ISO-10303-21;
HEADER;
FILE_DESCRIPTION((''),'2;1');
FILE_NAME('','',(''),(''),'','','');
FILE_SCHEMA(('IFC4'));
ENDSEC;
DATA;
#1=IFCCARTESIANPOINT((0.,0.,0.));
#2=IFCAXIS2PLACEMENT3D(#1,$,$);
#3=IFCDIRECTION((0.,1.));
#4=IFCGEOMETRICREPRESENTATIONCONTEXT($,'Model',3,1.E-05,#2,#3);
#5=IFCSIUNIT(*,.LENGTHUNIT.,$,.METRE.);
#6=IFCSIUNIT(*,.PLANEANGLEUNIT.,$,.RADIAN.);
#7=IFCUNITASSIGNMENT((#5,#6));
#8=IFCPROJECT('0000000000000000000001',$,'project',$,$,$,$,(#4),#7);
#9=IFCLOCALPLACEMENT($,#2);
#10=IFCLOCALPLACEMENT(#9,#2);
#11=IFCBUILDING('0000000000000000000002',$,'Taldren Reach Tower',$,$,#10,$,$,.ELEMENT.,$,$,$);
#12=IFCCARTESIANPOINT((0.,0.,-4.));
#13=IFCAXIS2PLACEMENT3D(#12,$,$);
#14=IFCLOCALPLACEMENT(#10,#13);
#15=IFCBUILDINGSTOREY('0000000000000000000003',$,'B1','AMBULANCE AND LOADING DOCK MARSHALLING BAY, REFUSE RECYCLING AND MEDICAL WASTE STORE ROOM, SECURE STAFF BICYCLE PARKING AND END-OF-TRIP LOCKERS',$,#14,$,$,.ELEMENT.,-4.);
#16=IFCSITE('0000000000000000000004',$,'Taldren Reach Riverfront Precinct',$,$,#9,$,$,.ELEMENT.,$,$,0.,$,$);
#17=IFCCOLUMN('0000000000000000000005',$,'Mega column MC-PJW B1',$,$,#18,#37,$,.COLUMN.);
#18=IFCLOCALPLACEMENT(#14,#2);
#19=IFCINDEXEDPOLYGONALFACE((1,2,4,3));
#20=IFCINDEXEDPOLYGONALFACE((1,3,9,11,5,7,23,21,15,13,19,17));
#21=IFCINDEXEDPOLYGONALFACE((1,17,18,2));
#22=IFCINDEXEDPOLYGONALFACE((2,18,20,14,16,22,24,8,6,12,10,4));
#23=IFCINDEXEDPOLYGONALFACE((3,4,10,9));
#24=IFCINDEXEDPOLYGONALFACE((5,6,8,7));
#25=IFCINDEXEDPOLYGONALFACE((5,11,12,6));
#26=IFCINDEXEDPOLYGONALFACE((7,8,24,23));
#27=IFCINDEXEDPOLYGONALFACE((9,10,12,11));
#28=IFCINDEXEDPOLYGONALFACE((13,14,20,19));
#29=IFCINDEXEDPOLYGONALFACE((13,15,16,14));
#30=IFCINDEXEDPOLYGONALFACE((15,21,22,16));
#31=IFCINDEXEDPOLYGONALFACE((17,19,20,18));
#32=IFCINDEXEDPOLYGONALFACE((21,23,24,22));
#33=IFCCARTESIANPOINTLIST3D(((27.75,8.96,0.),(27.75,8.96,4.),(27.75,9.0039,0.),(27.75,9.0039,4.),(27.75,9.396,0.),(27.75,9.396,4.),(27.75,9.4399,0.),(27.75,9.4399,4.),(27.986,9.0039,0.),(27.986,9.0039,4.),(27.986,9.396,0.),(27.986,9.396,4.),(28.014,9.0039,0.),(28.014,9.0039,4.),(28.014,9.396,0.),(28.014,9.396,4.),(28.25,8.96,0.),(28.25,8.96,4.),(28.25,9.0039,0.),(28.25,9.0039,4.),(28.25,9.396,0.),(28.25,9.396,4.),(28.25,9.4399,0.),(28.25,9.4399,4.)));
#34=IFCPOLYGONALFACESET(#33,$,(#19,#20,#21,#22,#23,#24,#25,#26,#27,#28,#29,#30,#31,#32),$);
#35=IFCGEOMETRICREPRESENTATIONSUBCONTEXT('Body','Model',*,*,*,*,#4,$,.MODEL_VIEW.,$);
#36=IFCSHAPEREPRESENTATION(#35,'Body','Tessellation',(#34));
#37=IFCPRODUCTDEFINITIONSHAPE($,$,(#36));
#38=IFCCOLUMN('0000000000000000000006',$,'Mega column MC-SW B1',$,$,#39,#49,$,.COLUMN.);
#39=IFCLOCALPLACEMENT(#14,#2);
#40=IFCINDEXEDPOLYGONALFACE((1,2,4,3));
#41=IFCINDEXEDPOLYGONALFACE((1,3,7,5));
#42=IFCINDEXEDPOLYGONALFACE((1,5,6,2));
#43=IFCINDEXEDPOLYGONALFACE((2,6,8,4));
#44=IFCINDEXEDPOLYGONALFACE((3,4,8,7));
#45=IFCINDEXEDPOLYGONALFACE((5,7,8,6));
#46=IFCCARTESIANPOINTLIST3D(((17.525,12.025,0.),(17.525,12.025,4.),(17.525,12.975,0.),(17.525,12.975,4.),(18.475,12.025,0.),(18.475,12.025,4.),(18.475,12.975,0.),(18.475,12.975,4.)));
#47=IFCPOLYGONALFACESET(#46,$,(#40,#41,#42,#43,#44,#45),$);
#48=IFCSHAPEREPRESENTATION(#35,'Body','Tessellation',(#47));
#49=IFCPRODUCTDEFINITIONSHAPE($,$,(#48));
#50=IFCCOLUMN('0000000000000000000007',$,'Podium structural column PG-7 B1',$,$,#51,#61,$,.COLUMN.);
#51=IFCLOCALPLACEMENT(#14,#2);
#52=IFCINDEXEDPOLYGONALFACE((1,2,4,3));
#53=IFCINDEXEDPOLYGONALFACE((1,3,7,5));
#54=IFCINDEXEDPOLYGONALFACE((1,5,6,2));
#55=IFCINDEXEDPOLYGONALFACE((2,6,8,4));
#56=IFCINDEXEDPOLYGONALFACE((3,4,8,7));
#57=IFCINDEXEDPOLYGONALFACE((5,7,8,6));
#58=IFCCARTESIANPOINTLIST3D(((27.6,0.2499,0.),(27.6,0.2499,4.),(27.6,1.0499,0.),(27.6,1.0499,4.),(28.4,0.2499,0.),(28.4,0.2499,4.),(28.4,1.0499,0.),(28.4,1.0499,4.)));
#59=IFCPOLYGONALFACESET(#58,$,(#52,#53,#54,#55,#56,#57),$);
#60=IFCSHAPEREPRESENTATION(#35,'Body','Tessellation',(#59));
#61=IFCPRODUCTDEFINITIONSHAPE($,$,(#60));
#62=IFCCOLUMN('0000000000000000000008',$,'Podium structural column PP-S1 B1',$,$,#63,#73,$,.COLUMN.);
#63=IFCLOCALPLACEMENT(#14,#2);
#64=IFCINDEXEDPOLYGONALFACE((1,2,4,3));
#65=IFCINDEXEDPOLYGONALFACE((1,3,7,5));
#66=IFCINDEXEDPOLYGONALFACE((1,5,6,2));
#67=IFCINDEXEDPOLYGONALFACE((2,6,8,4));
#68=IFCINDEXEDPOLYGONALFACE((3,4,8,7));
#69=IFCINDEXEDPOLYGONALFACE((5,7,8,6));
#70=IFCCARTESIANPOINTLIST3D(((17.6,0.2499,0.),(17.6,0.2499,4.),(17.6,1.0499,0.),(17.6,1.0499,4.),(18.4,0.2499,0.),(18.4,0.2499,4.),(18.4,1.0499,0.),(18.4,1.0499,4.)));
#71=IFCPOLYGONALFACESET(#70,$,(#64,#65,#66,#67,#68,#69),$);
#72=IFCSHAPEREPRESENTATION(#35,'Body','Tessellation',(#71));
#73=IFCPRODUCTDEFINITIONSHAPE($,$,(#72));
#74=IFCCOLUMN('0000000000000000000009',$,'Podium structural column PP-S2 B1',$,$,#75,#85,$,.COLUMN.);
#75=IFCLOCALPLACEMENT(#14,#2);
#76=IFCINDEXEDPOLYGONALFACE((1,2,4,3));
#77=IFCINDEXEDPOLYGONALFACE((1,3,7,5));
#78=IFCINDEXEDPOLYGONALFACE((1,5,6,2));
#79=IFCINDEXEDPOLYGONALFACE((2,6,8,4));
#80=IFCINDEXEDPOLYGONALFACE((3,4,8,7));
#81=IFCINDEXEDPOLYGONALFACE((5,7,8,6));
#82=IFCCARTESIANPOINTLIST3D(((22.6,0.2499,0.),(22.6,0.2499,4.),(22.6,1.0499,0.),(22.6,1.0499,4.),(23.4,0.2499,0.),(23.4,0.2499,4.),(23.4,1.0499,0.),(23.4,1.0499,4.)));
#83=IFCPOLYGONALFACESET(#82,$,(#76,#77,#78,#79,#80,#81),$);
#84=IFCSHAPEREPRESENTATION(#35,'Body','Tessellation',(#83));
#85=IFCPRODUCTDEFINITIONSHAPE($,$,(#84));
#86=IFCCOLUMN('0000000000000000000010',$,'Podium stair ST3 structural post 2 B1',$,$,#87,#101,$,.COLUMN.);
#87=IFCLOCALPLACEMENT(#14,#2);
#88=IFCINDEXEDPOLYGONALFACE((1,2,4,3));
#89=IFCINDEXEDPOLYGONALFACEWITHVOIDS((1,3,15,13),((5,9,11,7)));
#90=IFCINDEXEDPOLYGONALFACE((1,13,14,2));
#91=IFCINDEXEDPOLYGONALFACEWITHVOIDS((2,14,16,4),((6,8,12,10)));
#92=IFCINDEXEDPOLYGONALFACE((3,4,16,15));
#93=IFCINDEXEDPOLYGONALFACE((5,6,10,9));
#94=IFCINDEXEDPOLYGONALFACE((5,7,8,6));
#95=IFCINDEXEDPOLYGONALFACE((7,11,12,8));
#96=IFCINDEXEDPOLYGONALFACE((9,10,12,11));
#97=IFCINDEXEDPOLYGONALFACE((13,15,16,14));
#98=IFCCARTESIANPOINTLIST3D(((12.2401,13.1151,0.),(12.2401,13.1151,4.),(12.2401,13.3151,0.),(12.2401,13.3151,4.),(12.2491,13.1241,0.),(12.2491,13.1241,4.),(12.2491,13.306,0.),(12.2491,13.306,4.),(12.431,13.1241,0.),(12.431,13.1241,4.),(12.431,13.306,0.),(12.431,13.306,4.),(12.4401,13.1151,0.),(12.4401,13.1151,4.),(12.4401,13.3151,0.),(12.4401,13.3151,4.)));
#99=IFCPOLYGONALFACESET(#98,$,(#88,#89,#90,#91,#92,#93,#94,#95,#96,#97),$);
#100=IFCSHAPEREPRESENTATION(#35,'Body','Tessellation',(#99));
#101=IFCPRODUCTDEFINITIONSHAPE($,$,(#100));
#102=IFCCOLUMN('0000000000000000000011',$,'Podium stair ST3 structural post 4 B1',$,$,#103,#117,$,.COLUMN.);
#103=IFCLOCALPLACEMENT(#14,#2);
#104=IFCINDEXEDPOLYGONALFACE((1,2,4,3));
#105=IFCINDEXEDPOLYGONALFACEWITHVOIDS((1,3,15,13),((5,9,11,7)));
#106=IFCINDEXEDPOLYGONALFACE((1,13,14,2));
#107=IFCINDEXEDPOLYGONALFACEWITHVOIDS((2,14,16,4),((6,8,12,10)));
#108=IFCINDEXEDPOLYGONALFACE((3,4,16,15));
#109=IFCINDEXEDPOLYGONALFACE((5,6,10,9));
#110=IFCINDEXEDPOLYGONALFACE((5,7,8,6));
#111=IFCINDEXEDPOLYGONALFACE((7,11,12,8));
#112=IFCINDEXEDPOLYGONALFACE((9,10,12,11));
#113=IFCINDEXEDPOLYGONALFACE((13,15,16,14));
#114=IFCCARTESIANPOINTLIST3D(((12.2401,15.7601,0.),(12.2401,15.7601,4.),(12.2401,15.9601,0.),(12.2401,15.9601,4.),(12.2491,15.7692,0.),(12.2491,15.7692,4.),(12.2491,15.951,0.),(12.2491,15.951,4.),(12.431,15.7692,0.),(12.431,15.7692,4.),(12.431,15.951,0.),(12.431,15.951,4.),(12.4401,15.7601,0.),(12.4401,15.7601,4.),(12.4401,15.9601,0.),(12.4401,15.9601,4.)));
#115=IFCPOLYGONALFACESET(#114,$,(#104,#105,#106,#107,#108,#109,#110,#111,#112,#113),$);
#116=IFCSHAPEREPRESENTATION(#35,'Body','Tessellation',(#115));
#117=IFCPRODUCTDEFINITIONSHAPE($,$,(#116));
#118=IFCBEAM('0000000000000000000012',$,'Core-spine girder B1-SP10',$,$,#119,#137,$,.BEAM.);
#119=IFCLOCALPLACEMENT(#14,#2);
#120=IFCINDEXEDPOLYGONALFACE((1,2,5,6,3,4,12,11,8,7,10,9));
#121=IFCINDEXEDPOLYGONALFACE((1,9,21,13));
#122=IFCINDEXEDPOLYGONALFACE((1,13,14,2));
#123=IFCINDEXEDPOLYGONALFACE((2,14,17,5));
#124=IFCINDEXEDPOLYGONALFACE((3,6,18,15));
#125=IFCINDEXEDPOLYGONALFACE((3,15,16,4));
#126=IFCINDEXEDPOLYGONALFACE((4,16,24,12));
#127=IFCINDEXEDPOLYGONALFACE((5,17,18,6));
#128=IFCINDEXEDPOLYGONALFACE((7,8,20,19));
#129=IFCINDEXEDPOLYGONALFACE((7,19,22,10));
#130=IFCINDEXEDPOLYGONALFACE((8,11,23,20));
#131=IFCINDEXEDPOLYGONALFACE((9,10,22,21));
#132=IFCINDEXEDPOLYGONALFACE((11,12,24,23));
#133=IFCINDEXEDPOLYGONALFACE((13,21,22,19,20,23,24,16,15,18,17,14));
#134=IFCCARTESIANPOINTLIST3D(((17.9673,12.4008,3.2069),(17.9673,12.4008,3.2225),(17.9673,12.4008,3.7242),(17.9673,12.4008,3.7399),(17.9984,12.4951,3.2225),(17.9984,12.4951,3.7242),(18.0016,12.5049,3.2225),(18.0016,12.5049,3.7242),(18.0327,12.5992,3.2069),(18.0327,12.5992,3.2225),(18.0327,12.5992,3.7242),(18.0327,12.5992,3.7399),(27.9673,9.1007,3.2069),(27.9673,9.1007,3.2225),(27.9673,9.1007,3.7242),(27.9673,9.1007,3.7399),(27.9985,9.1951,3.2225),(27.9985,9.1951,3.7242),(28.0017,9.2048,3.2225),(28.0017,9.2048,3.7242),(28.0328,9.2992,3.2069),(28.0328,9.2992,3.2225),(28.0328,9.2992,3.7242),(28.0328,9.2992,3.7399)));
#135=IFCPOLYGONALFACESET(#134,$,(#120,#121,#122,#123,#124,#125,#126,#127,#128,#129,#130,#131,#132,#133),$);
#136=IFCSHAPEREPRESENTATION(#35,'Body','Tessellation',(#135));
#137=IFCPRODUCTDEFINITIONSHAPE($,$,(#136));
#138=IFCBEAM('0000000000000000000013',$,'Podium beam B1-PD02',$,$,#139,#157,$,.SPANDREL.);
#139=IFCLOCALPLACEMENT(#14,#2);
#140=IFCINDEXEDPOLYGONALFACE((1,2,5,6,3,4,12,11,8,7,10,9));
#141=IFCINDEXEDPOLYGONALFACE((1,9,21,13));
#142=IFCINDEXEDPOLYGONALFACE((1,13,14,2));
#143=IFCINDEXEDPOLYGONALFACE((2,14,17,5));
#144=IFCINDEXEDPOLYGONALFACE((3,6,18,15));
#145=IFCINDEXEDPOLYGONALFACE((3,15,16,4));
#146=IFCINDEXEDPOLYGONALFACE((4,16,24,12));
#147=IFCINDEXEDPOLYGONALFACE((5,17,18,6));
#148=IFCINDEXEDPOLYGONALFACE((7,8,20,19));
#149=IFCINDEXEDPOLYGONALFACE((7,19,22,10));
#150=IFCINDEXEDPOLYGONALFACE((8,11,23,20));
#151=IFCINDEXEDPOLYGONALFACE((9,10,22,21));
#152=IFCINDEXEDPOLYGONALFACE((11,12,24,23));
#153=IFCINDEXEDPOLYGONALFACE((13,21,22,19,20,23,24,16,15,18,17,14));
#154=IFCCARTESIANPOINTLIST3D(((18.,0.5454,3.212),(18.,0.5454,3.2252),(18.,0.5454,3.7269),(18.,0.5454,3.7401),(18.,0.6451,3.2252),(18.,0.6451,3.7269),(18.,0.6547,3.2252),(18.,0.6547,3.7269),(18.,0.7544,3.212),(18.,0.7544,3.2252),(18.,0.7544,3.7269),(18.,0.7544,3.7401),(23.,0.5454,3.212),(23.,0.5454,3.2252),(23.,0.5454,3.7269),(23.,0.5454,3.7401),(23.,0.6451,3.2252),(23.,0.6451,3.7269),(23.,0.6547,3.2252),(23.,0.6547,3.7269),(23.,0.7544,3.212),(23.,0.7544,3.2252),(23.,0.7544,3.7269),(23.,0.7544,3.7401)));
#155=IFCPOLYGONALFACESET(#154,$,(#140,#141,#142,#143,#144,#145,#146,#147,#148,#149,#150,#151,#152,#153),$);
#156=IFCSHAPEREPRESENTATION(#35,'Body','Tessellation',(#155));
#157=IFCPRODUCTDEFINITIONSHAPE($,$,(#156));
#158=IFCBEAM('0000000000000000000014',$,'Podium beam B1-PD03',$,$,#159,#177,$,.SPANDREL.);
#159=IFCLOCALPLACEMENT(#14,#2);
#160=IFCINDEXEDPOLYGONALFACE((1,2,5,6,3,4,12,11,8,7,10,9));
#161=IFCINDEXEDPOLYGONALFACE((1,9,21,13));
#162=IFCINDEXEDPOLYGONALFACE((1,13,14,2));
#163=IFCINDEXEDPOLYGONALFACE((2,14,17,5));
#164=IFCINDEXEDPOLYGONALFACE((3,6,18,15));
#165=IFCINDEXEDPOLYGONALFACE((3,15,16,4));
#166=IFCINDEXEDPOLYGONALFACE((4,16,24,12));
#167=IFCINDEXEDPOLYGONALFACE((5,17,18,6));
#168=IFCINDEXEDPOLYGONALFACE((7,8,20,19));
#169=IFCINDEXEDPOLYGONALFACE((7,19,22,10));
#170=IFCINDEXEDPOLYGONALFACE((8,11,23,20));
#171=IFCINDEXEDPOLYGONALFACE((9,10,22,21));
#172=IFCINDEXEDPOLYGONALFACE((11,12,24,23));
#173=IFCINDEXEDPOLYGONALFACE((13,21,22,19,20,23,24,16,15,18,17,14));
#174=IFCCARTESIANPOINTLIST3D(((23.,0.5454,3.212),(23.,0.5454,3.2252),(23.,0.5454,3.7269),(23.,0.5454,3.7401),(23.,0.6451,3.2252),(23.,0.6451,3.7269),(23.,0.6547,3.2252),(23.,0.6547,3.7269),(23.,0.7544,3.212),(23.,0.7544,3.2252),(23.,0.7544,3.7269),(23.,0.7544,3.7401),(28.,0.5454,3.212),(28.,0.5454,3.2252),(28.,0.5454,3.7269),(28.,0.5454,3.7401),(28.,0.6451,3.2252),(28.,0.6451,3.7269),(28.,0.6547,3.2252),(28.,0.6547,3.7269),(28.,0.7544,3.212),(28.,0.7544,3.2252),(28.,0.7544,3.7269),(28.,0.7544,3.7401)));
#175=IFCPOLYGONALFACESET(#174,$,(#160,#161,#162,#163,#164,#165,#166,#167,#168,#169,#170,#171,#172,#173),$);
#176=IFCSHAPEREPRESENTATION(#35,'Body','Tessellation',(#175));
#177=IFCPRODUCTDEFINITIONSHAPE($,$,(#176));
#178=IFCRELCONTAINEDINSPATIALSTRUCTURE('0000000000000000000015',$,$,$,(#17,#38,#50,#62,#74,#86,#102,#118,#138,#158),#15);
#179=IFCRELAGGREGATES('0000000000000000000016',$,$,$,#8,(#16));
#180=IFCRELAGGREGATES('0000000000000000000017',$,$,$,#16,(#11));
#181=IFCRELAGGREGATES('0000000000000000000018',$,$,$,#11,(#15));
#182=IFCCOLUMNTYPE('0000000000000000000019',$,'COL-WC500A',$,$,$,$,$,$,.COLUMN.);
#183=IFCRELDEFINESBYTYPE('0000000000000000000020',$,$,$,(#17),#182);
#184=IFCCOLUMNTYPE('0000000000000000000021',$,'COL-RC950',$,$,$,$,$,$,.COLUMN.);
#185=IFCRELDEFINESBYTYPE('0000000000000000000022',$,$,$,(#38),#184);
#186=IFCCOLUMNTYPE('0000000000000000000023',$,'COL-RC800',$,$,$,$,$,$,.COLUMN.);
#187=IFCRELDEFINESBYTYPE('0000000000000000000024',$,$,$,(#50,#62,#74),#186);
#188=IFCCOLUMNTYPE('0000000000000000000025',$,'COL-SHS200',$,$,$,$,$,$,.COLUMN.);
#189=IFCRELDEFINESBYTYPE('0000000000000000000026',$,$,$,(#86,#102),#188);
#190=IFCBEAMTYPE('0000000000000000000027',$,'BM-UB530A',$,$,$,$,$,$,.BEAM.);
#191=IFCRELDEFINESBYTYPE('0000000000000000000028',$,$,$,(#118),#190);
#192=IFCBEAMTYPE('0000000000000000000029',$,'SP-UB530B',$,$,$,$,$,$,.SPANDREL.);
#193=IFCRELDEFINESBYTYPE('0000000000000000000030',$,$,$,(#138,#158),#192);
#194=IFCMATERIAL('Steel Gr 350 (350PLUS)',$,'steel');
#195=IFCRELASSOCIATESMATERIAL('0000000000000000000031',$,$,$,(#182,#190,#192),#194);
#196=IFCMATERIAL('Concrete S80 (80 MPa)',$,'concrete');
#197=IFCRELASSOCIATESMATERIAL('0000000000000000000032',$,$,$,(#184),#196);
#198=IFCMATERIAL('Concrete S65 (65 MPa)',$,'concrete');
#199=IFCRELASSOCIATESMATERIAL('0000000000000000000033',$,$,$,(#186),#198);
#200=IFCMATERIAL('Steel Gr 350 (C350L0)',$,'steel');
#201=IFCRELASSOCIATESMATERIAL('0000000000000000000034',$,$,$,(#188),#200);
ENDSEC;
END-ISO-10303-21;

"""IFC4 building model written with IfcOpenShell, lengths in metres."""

from ifc_helpers import new_model, si_unit, direction, frame, origin, origin_2d, place, context, subcontext, project, spatial, rectangle, hollow_rectangle, i_section, extrude, source, transform, mapped, material, material_profile, profile_set, type_object, element, save


model = new_model("IFC4")

# Units and contexts
model_context = context("Model", 3, precision=1e-05, world=origin(), true_north=direction((0.0, 1.0)))
body_context = subcontext(model_context, "Body", "Model", "MODEL_VIEW")
ifc_project = project(units=[si_unit("LENGTHUNIT", "METRE"), si_unit("PLANEANGLEUNIT", "RADIAN")], contexts=[model_context])

# Site, building, storey
site_placement = place(None, origin())
site = spatial("IfcSite", under=ifc_project, at=site_placement, Name="Taldren Reach Riverfront Precinct", CompositionType="ELEMENT", RefElevation=0.0)
building_placement = place(site_placement, origin())
building = spatial("IfcBuilding", under=site, at=building_placement, Name="Taldren Reach Tower", CompositionType="ELEMENT")
storey_placement = place(building_placement, frame((0.0, 0.0, -4.0)))
storey = spatial("IfcBuildingStorey", under=building, at=storey_placement, Name="B1", Description="AMBULANCE AND LOADING DOCK MARSHALLING BAY, REFUSE RECYCLING AND MEDICAL WASTE STORE ROOM, SECURE STAFF BICYCLE PARKING AND END-OF-TRIP LOCKERS", CompositionType="ELEMENT", Elevation=-4.0)

# Columns
ifc_material_1 = material(Name="Steel Gr 350 (350PLUS)", Category="steel")
ifc_material_profile_1 = material_profile(ifc_material_1, i_section(OverallWidth=0.5, OverallDepth=0.48, WebThickness=0.0281, FlangeThickness=0.0439, at=origin_2d()), Name="500WC440")
ifc_profile_set_1 = profile_set([ifc_material_profile_1], Name="Steel Gr 350 (350PLUS)")
column_type_1 = type_object("IfcColumnType", Name="COL-WC500A", PredefinedType="COLUMN", material=ifc_profile_set_1)
shared_shape_1 = source(origin(), body_context, "Body", "SweptSolid", [
    extrude(i_section(OverallWidth=0.5, OverallDepth=0.48, WebThickness=0.0281, FlangeThickness=0.0439, at=origin_2d()), origin(), (0.0, 0.0, 1.0), 4.0),
])
column_1_placement = place(storey_placement, frame((28.0, 9.2, 0.0), z_axis=(0.0, 0.0, 1.0), x_axis=(1.0, 0.0, 0.0)))
element("IfcColumn", 1, at=column_1_placement, inside=storey, type_object=column_type_1, Name="Mega column MC-PJW B1", PredefinedType="COLUMN", context=body_context, shape_type="MappedRepresentation", body=[
    mapped(shared_shape_1, transform((0.0, 0.0, 0.0), scale=1.0)),
])
ifc_material_2 = material(Name="Concrete S80 (80 MPa)", Category="concrete")
ifc_material_profile_2 = material_profile(ifc_material_2, rectangle(XDim=0.95, YDim=0.95, at=origin_2d()), Name="RC-950x950")
ifc_profile_set_2 = profile_set([ifc_material_profile_2], Name="Concrete S80 (80 MPa)")
column_type_2 = type_object("IfcColumnType", Name="COL-RC950", PredefinedType="COLUMN", material=ifc_profile_set_2)
shared_shape_2 = source(origin(), body_context, "Body", "SweptSolid", [
    extrude(rectangle(XDim=0.95, YDim=0.95, at=origin_2d()), origin(), (0.0, 0.0, 1.0), 4.0),
])
column_2_placement = place(storey_placement, frame((18.0, 12.5, 0.0), z_axis=(0.0, 0.0, 1.0), x_axis=(1.0, 0.0, 0.0)))
element("IfcColumn", 2, at=column_2_placement, inside=storey, type_object=column_type_2, Name="Mega column MC-SW B1", PredefinedType="COLUMN", context=body_context, shape_type="MappedRepresentation", body=[
    mapped(shared_shape_2, transform((0.0, 0.0, 0.0), scale=1.0)),
])
ifc_material_3 = material(Name="Concrete S65 (65 MPa)", Category="concrete")
ifc_material_profile_3 = material_profile(ifc_material_3, rectangle(XDim=0.8, YDim=0.8, at=origin_2d()), Name="RC-800x800")
ifc_profile_set_3 = profile_set([ifc_material_profile_3], Name="Concrete S65 (65 MPa)")
column_type_3 = type_object("IfcColumnType", Name="COL-RC800", PredefinedType="COLUMN", material=ifc_profile_set_3)
shared_shape_3 = source(origin(), body_context, "Body", "SweptSolid", [
    extrude(rectangle(XDim=0.8, YDim=0.8, at=origin_2d()), origin(), (0.0, 0.0, 1.0), 4.0),
])
for number, where, z_axis, x_axis, name in (
    (3, (28.0, 0.6499, 0.0), (0.0, 0.0, 1.0), (1.0, 0.0, 0.0), "Podium structural column PG-7 B1"),
    (4, (18.0, 0.6499, 0.0), (0.0, 0.0, 1.0), (1.0, 0.0, 0.0), "Podium structural column PP-S1 B1"),
    (5, (23.0, 0.6499, 0.0), (0.0, 0.0, 1.0), (1.0, 0.0, 0.0), "Podium structural column PP-S2 B1"),
):
    element("IfcColumn", number, at=place(storey_placement, frame(where, z_axis=z_axis, x_axis=x_axis)), inside=storey, type_object=column_type_3, Name=name, PredefinedType="COLUMN", context=body_context, shape_type="MappedRepresentation", body=[
        mapped(shared_shape_3, transform((0.0, 0.0, 0.0), scale=1.0)),
    ])
ifc_material_4 = material(Name="Steel Gr 350 (C350L0)", Category="steel")
ifc_material_profile_4 = material_profile(ifc_material_4, hollow_rectangle(XDim=0.2, YDim=0.2, WallThickness=0.009, at=origin_2d()), Name="200x200x9.0SHS")
ifc_profile_set_4 = profile_set([ifc_material_profile_4], Name="Steel Gr 350 (C350L0)")
column_type_4 = type_object("IfcColumnType", Name="COL-SHS200", PredefinedType="COLUMN", material=ifc_profile_set_4)
shared_shape_4 = source(origin(), body_context, "Body", "SweptSolid", [
    extrude(hollow_rectangle(XDim=0.2, YDim=0.2, WallThickness=0.009, at=origin_2d()), origin(), (0.0, 0.0, 1.0), 4.0),
])
for number, where, z_axis, x_axis, name in (
    (6, (12.3401, 13.2151, 0.0), (0.0, 0.0, 1.0), (1.0, 0.0, 0.0), "Podium stair ST3 structural post 2 B1"),
    (7, (12.3401, 15.8601, 0.0), (0.0, 0.0, 1.0), (1.0, 0.0, 0.0), "Podium stair ST3 structural post 4 B1"),
):
    element("IfcColumn", number, at=place(storey_placement, frame(where, z_axis=z_axis, x_axis=x_axis)), inside=storey, type_object=column_type_4, Name=name, PredefinedType="COLUMN", context=body_context, shape_type="MappedRepresentation", body=[
        mapped(shared_shape_4, transform((0.0, 0.0, 0.0), scale=1.0)),
    ])

# Beams
ifc_material_profile_5 = material_profile(ifc_material_1, i_section(OverallWidth=0.209, OverallDepth=0.533, WebThickness=0.0103, FlangeThickness=0.0156, at=origin_2d()), Name="530UB92.4")
ifc_profile_set_5 = profile_set([ifc_material_profile_5], Name="Steel Gr 350 (350PLUS)")
beam_type_1 = type_object("IfcBeamType", Name="BM-UB530A", PredefinedType="BEAM", material=ifc_profile_set_5)
shared_shape_5 = source(origin(), body_context, "Body", "SweptSolid", [
    extrude(i_section(OverallWidth=0.209, OverallDepth=0.533, WebThickness=0.0103, FlangeThickness=0.0156, at=origin_2d()), origin(), (0.0, 0.0, 1.0), 10.5305),
])
beam_1_placement = place(storey_placement, frame((18.0, 12.5, 3.4734), z_axis=(0.949627, -0.313382, 0.0), x_axis=(0.313382, 0.949627, 0.0)))
element("IfcBeam", 8, at=beam_1_placement, inside=storey, type_object=beam_type_1, Name="Core-spine girder B1-SP10", PredefinedType="BEAM", context=body_context, shape_type="MappedRepresentation", body=[
    mapped(shared_shape_5, transform((0.0, 0.0, 0.0), scale=1.0)),
])
ifc_material_profile_6 = material_profile(ifc_material_1, i_section(OverallWidth=0.209, OverallDepth=0.5281, WebThickness=0.0095, FlangeThickness=0.0132, at=origin_2d()), Name="530UB82.0")
ifc_profile_set_6 = profile_set([ifc_material_profile_6], Name="Steel Gr 350 (350PLUS)")
beam_type_2 = type_object("IfcBeamType", Name="SP-UB530B", PredefinedType="SPANDREL", material=ifc_profile_set_6)
shared_shape_6 = source(origin(), body_context, "Body", "SweptSolid", [
    extrude(i_section(OverallWidth=0.209, OverallDepth=0.5281, WebThickness=0.0095, FlangeThickness=0.0132, at=origin_2d()), origin(), (0.0, 0.0, 1.0), 5.0),
])
for number, where, z_axis, x_axis, name in (
    (9, (18.0, 0.6499, 3.4761), (1.0, 0.0, 0.0), (0.0, 1.0, 0.0), "Podium beam B1-PD02"),
    (10, (23.0, 0.6499, 3.4761), (1.0, 0.0, 0.0), (0.0, 1.0, 0.0), "Podium beam B1-PD03"),
):
    element("IfcBeam", number, at=place(storey_placement, frame(where, z_axis=z_axis, x_axis=x_axis)), inside=storey, type_object=beam_type_2, Name=name, PredefinedType="SPANDREL", context=body_context, shape_type="MappedRepresentation", body=[
        mapped(shared_shape_6, transform((0.0, 0.0, 0.0), scale=1.0)),
    ])

save(model, "model.ifc")
